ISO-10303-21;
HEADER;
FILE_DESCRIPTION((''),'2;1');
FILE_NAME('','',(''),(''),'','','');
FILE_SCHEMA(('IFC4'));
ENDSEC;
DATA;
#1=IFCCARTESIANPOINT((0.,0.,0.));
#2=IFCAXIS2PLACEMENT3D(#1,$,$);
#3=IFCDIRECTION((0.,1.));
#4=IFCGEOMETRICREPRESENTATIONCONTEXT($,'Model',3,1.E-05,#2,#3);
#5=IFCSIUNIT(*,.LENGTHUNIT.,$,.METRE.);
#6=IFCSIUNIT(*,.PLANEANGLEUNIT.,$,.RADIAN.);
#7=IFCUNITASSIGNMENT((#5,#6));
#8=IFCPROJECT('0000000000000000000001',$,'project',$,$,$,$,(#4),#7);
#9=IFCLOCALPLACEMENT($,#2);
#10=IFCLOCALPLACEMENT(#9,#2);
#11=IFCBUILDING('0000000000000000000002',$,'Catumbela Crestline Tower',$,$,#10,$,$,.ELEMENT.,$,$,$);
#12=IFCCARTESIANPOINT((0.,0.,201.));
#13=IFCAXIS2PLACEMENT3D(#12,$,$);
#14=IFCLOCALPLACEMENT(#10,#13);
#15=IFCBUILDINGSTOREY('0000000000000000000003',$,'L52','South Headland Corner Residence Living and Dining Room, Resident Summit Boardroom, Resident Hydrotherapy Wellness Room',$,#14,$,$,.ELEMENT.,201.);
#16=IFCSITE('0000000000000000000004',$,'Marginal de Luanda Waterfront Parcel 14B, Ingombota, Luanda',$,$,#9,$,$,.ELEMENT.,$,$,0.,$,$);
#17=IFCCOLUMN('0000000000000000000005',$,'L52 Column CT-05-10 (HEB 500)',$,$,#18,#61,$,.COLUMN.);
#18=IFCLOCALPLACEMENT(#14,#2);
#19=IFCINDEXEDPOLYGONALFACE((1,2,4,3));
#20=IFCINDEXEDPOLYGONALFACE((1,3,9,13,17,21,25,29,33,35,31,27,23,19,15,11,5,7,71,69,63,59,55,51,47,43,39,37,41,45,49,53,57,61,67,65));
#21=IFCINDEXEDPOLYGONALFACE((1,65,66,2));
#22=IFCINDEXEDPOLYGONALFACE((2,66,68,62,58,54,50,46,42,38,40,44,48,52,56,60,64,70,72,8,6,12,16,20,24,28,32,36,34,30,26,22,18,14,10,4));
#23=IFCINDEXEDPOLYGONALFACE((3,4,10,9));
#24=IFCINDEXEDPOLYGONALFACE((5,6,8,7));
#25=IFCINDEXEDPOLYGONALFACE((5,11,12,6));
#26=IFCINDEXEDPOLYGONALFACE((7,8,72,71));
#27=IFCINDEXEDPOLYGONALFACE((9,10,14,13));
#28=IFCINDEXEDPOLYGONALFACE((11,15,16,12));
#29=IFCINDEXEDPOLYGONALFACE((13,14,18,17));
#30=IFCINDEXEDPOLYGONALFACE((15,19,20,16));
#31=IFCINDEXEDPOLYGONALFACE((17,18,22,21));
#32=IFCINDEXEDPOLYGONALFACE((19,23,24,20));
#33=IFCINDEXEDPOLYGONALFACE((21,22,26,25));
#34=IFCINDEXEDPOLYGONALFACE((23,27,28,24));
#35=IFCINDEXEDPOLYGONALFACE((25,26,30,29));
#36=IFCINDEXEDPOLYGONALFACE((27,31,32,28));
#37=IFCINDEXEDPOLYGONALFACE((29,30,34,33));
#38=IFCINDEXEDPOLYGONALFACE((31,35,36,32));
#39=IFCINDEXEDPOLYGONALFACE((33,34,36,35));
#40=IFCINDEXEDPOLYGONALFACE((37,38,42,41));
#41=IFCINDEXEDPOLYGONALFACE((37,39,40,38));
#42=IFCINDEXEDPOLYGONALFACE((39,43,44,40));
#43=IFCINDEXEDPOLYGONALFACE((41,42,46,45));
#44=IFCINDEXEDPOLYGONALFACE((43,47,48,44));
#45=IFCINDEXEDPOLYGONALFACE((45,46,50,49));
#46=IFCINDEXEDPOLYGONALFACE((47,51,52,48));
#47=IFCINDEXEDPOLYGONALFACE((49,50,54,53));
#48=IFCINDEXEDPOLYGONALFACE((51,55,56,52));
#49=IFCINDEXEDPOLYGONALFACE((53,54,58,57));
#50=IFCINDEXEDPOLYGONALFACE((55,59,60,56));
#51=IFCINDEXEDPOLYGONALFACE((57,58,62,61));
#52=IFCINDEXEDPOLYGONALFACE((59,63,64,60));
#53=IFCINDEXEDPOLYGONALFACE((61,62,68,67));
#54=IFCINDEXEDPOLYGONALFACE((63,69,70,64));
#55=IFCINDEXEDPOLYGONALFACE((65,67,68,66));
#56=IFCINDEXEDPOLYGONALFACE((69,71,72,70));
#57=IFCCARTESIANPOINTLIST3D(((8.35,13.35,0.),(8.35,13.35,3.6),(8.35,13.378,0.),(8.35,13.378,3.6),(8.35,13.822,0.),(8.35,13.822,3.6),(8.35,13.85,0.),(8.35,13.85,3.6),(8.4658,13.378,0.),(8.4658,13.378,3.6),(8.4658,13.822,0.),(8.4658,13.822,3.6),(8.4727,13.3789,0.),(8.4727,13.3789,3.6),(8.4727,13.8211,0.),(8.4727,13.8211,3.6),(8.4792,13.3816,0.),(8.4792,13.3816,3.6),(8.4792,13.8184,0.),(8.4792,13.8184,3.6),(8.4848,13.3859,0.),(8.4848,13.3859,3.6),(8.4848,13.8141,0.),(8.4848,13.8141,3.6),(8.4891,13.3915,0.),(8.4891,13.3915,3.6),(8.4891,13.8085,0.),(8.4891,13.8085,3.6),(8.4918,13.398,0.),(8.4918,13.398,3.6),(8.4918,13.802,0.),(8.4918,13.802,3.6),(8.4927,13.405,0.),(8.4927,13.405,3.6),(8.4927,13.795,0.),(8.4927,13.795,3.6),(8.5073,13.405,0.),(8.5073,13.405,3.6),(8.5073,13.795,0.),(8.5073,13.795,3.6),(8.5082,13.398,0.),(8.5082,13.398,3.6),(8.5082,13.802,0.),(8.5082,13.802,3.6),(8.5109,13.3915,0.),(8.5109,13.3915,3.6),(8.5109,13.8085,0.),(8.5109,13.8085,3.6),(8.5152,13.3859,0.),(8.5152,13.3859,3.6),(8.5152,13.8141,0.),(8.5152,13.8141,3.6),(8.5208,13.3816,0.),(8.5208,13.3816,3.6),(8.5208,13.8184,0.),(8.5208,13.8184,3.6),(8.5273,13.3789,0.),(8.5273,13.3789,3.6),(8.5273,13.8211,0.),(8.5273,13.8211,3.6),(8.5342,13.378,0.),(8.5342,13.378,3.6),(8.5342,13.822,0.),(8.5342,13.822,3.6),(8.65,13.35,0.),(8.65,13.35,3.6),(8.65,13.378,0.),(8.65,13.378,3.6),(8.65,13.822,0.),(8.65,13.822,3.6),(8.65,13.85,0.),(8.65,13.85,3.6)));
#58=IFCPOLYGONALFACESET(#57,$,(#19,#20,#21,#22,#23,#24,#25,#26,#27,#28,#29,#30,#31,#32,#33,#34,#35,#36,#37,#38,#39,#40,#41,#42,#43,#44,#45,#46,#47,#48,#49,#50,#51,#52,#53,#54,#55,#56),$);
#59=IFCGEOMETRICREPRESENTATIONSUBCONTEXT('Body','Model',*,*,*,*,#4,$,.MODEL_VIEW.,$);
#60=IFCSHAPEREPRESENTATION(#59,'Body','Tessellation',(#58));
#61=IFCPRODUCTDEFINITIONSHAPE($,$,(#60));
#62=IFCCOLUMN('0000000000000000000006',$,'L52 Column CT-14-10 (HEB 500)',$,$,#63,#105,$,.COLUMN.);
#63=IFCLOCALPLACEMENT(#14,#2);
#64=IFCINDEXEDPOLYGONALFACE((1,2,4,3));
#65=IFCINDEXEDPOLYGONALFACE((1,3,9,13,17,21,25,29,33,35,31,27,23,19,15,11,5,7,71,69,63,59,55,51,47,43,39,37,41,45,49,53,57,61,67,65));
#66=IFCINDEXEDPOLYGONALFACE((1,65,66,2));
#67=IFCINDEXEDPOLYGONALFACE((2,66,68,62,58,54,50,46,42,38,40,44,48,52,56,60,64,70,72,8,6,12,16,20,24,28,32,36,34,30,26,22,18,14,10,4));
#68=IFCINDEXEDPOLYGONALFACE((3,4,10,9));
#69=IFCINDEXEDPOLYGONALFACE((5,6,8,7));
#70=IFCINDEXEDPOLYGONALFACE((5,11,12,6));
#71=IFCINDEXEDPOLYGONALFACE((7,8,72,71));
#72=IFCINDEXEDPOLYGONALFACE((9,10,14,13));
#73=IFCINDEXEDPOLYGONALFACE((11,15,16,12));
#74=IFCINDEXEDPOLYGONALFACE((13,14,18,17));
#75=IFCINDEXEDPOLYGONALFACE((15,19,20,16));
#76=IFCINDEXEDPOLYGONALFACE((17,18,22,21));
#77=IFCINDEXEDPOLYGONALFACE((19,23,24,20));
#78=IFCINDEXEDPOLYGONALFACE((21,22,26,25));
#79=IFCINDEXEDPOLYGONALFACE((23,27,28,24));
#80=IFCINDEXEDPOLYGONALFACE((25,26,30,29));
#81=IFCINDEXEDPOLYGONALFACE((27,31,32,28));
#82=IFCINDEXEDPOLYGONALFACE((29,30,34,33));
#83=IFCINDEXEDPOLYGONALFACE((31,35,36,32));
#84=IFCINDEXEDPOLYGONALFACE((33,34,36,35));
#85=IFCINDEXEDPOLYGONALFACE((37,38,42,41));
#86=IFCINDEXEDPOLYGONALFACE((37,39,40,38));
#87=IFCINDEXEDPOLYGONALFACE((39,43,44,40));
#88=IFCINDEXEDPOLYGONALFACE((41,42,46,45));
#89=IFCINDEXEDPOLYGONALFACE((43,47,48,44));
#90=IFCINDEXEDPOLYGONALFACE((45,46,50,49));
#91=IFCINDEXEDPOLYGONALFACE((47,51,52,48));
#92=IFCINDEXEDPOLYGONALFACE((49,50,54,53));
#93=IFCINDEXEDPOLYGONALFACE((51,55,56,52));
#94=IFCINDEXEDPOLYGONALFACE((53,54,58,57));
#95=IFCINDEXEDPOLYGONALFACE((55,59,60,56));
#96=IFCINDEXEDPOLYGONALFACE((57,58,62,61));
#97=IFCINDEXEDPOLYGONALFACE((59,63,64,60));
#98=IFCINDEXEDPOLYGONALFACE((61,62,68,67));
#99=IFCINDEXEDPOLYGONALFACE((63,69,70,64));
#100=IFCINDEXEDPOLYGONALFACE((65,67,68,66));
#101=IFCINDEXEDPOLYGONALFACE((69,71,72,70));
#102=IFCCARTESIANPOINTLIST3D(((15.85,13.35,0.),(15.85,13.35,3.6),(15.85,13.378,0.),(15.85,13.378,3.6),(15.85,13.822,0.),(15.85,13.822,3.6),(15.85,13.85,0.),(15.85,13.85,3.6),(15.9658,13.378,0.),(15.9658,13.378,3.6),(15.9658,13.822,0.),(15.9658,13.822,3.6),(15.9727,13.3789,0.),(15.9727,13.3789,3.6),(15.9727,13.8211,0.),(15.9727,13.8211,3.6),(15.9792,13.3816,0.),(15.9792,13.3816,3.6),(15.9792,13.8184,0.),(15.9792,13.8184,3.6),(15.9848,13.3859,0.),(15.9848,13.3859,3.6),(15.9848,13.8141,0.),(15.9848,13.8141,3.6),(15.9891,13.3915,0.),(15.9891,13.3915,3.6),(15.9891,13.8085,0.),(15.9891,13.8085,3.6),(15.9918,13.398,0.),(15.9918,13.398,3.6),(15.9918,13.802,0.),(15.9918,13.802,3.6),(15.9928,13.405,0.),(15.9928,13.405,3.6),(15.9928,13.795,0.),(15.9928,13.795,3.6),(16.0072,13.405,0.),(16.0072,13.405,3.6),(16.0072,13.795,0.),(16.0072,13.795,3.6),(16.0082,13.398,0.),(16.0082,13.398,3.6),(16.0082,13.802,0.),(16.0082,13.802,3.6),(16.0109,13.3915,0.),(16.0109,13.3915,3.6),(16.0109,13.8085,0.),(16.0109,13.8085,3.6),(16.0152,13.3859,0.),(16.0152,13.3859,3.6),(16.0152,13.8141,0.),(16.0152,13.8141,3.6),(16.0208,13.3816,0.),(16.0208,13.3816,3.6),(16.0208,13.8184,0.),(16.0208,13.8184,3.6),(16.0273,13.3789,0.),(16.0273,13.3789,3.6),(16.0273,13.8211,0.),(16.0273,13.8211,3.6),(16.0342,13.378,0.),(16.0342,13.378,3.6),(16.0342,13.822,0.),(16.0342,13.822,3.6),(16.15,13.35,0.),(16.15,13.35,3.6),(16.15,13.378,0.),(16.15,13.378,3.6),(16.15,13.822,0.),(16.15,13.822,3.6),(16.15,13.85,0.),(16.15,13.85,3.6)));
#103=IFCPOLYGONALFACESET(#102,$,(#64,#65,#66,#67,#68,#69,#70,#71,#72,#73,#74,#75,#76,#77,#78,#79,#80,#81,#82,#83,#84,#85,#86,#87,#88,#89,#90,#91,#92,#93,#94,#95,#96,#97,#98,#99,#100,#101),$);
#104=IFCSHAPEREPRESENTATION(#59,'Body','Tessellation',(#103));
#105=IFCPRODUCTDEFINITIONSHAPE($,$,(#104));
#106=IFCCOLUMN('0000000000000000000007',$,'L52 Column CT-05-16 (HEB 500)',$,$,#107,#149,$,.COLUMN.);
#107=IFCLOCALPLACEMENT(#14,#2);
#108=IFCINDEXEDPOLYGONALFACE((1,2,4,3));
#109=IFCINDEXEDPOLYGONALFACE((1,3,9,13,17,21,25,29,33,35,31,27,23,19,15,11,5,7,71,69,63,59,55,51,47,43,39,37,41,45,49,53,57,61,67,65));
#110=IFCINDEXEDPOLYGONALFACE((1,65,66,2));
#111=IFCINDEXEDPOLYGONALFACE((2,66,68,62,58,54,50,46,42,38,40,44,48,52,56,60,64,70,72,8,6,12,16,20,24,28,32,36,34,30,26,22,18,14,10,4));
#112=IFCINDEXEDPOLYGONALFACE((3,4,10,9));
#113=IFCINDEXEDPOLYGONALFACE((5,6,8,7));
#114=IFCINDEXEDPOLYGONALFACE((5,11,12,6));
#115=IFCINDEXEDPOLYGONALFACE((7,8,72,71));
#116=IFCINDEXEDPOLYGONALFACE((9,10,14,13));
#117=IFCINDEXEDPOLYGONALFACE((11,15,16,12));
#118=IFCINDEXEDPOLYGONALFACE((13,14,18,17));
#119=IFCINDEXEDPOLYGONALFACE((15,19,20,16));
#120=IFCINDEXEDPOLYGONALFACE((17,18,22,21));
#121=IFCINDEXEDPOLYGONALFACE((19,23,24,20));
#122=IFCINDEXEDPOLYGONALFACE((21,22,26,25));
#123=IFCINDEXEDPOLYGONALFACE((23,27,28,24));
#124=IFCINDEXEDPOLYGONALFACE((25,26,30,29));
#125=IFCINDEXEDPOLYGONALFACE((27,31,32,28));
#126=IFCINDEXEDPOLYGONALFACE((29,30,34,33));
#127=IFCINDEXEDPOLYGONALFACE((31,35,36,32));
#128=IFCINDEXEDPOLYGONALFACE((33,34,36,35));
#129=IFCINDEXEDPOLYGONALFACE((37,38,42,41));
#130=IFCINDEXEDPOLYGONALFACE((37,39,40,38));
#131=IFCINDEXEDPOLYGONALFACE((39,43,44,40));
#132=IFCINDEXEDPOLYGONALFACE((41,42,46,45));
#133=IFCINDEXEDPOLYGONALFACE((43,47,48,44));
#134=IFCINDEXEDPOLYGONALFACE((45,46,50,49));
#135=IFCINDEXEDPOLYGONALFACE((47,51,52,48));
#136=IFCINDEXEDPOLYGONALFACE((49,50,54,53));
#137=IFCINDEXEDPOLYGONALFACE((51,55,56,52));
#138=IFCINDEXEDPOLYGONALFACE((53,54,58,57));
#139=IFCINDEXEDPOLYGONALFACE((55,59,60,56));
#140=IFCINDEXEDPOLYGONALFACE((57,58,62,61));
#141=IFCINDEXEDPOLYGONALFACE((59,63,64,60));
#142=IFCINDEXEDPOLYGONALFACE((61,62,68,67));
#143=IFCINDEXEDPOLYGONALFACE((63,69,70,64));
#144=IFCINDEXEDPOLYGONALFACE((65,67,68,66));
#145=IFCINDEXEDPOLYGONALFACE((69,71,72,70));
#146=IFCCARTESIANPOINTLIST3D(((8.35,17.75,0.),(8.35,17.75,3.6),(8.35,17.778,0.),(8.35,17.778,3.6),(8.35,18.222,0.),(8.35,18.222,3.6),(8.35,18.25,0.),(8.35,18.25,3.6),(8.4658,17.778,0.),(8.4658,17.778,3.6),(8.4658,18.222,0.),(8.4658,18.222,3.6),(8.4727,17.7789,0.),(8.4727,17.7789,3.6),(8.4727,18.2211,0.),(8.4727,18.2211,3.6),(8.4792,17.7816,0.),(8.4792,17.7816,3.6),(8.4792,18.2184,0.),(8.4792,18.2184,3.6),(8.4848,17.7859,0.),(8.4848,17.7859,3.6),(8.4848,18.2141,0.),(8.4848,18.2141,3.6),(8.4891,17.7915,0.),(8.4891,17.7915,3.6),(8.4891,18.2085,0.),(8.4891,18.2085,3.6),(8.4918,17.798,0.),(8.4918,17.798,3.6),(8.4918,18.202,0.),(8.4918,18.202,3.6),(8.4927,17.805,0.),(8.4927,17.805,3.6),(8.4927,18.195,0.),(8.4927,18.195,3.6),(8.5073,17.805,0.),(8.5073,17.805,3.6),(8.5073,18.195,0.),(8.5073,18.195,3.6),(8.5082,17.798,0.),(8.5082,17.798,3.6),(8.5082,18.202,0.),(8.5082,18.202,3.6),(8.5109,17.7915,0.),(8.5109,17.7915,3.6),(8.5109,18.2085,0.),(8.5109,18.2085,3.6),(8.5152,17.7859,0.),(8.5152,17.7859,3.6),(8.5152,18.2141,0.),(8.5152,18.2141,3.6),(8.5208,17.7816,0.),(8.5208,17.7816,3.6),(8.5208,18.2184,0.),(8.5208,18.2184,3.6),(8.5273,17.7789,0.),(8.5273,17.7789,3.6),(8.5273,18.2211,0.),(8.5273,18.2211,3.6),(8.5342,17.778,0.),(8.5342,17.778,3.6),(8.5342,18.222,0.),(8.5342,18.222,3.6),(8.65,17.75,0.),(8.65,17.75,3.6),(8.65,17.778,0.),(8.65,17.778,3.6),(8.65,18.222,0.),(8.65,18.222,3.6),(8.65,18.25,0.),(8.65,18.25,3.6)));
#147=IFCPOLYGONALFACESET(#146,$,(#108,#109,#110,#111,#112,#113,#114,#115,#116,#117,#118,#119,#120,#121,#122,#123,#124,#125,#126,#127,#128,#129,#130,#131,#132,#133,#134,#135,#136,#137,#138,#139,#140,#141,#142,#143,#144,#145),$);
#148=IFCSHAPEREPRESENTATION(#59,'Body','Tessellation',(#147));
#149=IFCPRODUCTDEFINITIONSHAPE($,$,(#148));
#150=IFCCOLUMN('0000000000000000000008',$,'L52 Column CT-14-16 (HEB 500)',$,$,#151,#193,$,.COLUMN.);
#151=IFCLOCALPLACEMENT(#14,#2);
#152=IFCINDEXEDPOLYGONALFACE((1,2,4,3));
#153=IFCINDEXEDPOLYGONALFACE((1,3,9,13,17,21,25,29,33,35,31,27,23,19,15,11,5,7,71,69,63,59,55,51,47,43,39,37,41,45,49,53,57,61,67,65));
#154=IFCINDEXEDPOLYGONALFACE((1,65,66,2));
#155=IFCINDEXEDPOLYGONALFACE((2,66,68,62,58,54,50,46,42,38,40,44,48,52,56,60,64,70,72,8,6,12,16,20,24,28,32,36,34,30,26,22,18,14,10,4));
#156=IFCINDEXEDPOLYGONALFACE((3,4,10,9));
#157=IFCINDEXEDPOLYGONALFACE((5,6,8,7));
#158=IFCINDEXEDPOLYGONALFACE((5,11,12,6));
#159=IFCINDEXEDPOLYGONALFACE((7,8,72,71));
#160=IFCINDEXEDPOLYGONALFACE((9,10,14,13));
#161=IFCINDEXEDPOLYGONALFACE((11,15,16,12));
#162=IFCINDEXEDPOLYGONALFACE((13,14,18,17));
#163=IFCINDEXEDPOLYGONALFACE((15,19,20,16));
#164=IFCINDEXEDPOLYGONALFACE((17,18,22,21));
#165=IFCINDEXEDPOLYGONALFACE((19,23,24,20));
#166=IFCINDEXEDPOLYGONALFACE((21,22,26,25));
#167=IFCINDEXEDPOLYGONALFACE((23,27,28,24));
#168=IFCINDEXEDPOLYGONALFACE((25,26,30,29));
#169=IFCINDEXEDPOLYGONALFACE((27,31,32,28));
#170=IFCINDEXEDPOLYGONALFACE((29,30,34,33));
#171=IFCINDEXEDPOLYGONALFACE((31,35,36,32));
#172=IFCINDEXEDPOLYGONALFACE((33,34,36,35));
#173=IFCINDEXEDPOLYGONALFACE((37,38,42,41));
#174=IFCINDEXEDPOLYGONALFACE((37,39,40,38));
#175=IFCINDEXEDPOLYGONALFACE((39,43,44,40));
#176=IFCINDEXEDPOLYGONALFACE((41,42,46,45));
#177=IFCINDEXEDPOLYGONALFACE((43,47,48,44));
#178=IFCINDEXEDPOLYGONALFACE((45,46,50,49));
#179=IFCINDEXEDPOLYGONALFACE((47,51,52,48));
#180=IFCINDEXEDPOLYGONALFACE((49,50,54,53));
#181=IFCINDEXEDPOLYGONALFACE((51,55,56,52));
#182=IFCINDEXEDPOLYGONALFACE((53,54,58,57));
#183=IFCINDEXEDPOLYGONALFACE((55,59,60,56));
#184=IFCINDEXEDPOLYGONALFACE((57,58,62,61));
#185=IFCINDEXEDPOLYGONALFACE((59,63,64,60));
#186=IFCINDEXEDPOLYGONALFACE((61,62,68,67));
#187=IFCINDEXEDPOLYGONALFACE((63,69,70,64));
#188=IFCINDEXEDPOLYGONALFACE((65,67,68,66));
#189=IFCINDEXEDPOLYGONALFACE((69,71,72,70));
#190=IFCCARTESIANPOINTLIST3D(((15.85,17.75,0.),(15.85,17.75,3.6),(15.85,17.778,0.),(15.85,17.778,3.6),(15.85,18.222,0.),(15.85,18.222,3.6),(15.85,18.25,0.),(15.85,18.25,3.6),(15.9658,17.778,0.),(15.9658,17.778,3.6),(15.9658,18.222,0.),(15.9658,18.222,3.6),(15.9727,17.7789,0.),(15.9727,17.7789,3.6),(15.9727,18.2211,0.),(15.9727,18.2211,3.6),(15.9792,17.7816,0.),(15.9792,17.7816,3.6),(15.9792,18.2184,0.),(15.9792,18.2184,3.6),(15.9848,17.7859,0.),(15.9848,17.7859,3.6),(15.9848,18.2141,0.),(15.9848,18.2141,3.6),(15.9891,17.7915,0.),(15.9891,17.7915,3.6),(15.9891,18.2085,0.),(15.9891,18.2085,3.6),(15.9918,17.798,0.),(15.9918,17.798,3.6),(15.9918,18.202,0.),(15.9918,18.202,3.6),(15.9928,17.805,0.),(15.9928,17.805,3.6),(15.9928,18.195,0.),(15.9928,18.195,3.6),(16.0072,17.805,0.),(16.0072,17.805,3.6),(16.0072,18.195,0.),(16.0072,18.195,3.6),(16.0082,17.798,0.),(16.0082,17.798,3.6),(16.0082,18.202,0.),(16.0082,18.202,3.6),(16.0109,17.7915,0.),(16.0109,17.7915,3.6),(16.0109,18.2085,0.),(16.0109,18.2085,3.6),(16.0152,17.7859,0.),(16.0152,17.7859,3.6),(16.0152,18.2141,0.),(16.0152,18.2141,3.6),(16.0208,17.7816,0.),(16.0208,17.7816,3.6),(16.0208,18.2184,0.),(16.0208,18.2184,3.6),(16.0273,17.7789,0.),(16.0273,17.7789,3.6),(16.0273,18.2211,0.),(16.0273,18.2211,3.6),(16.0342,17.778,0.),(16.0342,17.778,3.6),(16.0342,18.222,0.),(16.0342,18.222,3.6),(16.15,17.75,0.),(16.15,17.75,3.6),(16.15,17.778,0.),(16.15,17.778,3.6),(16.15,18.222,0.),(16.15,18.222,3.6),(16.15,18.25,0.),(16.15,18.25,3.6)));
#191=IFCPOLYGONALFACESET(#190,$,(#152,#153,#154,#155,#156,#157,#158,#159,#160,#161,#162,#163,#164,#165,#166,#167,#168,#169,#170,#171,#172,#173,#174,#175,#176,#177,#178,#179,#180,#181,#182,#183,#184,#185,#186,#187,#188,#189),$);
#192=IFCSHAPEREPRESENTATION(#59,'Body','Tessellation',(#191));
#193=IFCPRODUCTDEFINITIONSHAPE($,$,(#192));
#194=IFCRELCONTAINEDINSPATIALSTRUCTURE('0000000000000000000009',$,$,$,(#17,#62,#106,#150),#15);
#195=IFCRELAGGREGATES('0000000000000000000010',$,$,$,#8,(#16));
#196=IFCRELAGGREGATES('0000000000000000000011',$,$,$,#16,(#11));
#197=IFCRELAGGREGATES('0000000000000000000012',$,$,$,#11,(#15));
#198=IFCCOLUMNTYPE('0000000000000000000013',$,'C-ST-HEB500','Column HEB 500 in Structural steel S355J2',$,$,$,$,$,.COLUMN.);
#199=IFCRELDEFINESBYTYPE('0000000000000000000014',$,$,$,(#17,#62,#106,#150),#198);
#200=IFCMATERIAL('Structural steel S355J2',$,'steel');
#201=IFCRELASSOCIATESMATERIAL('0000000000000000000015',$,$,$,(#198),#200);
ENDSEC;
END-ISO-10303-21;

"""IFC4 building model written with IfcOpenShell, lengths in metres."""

from ifc_helpers import new_model, si_unit, direction, frame, origin, origin_2d, place, context, subcontext, project, spatial, i_section, extrude, material, material_profile, profile_set, type_object, element, save


model = new_model("IFC4")

# Units and contexts
model_context = context("Model", 3, precision=1e-05, world=origin(), true_north=direction((0.0, 1.0)))
body_context = subcontext(model_context, "Body", "Model", "MODEL_VIEW")
ifc_project = project(units=[si_unit("LENGTHUNIT", "METRE"), si_unit("PLANEANGLEUNIT", "RADIAN")], contexts=[model_context])

# Site, building, storey
site_placement = place(None, origin())
site = spatial("IfcSite", under=ifc_project, at=site_placement, Name="Marginal de Luanda Waterfront Parcel 14B, Ingombota, Luanda", CompositionType="ELEMENT", RefElevation=0.0)
building_placement = place(site_placement, origin())
building = spatial("IfcBuilding", under=site, at=building_placement, Name="Catumbela Crestline Tower", CompositionType="ELEMENT")
storey_placement = place(building_placement, frame((0.0, 0.0, 201.0)))
storey = spatial("IfcBuildingStorey", under=building, at=storey_placement, Name="L52", Description="South Headland Corner Residence Living and Dining Room, Resident Summit Boardroom, Resident Hydrotherapy Wellness Room", CompositionType="ELEMENT", Elevation=201.0)

# Columns
ifc_material_1 = material(Name="Structural steel S355J2", Category="steel")
ifc_material_profile_1 = material_profile(ifc_material_1, i_section(OverallWidth=0.3, OverallDepth=0.5, WebThickness=0.0145, FlangeThickness=0.028, FilletRadius=0.027, at=origin_2d()), Name="HEB 500")
ifc_profile_set_1 = profile_set([ifc_material_profile_1], Name="Structural steel S355J2")
column_type = type_object("IfcColumnType", Name="C-ST-HEB500", Description="Column HEB 500 in Structural steel S355J2", PredefinedType="COLUMN", material=ifc_profile_set_1)
for number, where, z_axis, x_axis, name in (
    (1, (8.5, 13.6, 0.0), (0.0, 0.0, 1.0), (1.0, 0.0, 0.0), "L52 Column CT-05-10 (HEB 500)"),
    (2, (16.0, 13.6, 0.0), (0.0, 0.0, 1.0), (1.0, 0.0, 0.0), "L52 Column CT-14-10 (HEB 500)"),
    (3, (8.5, 18.0, 0.0), (0.0, 0.0, 1.0), (1.0, 0.0, 0.0), "L52 Column CT-05-16 (HEB 500)"),
    (4, (16.0, 18.0, 0.0), (0.0, 0.0, 1.0), (1.0, 0.0, 0.0), "L52 Column CT-14-16 (HEB 500)"),
):
    element("IfcColumn", number, at=place(storey_placement, frame(where, z_axis=z_axis, x_axis=x_axis)), inside=storey, type_object=column_type, Name=name, PredefinedType="COLUMN", context=body_context, shape_type="SweptSolid", body=[
        extrude(i_section(OverallWidth=0.3, OverallDepth=0.5, WebThickness=0.0145, FlangeThickness=0.028, FilletRadius=0.027, at=origin_2d()), origin(), (0.0, 0.0, 1.0), 3.6),
    ])

save(model, "model.ifc")
